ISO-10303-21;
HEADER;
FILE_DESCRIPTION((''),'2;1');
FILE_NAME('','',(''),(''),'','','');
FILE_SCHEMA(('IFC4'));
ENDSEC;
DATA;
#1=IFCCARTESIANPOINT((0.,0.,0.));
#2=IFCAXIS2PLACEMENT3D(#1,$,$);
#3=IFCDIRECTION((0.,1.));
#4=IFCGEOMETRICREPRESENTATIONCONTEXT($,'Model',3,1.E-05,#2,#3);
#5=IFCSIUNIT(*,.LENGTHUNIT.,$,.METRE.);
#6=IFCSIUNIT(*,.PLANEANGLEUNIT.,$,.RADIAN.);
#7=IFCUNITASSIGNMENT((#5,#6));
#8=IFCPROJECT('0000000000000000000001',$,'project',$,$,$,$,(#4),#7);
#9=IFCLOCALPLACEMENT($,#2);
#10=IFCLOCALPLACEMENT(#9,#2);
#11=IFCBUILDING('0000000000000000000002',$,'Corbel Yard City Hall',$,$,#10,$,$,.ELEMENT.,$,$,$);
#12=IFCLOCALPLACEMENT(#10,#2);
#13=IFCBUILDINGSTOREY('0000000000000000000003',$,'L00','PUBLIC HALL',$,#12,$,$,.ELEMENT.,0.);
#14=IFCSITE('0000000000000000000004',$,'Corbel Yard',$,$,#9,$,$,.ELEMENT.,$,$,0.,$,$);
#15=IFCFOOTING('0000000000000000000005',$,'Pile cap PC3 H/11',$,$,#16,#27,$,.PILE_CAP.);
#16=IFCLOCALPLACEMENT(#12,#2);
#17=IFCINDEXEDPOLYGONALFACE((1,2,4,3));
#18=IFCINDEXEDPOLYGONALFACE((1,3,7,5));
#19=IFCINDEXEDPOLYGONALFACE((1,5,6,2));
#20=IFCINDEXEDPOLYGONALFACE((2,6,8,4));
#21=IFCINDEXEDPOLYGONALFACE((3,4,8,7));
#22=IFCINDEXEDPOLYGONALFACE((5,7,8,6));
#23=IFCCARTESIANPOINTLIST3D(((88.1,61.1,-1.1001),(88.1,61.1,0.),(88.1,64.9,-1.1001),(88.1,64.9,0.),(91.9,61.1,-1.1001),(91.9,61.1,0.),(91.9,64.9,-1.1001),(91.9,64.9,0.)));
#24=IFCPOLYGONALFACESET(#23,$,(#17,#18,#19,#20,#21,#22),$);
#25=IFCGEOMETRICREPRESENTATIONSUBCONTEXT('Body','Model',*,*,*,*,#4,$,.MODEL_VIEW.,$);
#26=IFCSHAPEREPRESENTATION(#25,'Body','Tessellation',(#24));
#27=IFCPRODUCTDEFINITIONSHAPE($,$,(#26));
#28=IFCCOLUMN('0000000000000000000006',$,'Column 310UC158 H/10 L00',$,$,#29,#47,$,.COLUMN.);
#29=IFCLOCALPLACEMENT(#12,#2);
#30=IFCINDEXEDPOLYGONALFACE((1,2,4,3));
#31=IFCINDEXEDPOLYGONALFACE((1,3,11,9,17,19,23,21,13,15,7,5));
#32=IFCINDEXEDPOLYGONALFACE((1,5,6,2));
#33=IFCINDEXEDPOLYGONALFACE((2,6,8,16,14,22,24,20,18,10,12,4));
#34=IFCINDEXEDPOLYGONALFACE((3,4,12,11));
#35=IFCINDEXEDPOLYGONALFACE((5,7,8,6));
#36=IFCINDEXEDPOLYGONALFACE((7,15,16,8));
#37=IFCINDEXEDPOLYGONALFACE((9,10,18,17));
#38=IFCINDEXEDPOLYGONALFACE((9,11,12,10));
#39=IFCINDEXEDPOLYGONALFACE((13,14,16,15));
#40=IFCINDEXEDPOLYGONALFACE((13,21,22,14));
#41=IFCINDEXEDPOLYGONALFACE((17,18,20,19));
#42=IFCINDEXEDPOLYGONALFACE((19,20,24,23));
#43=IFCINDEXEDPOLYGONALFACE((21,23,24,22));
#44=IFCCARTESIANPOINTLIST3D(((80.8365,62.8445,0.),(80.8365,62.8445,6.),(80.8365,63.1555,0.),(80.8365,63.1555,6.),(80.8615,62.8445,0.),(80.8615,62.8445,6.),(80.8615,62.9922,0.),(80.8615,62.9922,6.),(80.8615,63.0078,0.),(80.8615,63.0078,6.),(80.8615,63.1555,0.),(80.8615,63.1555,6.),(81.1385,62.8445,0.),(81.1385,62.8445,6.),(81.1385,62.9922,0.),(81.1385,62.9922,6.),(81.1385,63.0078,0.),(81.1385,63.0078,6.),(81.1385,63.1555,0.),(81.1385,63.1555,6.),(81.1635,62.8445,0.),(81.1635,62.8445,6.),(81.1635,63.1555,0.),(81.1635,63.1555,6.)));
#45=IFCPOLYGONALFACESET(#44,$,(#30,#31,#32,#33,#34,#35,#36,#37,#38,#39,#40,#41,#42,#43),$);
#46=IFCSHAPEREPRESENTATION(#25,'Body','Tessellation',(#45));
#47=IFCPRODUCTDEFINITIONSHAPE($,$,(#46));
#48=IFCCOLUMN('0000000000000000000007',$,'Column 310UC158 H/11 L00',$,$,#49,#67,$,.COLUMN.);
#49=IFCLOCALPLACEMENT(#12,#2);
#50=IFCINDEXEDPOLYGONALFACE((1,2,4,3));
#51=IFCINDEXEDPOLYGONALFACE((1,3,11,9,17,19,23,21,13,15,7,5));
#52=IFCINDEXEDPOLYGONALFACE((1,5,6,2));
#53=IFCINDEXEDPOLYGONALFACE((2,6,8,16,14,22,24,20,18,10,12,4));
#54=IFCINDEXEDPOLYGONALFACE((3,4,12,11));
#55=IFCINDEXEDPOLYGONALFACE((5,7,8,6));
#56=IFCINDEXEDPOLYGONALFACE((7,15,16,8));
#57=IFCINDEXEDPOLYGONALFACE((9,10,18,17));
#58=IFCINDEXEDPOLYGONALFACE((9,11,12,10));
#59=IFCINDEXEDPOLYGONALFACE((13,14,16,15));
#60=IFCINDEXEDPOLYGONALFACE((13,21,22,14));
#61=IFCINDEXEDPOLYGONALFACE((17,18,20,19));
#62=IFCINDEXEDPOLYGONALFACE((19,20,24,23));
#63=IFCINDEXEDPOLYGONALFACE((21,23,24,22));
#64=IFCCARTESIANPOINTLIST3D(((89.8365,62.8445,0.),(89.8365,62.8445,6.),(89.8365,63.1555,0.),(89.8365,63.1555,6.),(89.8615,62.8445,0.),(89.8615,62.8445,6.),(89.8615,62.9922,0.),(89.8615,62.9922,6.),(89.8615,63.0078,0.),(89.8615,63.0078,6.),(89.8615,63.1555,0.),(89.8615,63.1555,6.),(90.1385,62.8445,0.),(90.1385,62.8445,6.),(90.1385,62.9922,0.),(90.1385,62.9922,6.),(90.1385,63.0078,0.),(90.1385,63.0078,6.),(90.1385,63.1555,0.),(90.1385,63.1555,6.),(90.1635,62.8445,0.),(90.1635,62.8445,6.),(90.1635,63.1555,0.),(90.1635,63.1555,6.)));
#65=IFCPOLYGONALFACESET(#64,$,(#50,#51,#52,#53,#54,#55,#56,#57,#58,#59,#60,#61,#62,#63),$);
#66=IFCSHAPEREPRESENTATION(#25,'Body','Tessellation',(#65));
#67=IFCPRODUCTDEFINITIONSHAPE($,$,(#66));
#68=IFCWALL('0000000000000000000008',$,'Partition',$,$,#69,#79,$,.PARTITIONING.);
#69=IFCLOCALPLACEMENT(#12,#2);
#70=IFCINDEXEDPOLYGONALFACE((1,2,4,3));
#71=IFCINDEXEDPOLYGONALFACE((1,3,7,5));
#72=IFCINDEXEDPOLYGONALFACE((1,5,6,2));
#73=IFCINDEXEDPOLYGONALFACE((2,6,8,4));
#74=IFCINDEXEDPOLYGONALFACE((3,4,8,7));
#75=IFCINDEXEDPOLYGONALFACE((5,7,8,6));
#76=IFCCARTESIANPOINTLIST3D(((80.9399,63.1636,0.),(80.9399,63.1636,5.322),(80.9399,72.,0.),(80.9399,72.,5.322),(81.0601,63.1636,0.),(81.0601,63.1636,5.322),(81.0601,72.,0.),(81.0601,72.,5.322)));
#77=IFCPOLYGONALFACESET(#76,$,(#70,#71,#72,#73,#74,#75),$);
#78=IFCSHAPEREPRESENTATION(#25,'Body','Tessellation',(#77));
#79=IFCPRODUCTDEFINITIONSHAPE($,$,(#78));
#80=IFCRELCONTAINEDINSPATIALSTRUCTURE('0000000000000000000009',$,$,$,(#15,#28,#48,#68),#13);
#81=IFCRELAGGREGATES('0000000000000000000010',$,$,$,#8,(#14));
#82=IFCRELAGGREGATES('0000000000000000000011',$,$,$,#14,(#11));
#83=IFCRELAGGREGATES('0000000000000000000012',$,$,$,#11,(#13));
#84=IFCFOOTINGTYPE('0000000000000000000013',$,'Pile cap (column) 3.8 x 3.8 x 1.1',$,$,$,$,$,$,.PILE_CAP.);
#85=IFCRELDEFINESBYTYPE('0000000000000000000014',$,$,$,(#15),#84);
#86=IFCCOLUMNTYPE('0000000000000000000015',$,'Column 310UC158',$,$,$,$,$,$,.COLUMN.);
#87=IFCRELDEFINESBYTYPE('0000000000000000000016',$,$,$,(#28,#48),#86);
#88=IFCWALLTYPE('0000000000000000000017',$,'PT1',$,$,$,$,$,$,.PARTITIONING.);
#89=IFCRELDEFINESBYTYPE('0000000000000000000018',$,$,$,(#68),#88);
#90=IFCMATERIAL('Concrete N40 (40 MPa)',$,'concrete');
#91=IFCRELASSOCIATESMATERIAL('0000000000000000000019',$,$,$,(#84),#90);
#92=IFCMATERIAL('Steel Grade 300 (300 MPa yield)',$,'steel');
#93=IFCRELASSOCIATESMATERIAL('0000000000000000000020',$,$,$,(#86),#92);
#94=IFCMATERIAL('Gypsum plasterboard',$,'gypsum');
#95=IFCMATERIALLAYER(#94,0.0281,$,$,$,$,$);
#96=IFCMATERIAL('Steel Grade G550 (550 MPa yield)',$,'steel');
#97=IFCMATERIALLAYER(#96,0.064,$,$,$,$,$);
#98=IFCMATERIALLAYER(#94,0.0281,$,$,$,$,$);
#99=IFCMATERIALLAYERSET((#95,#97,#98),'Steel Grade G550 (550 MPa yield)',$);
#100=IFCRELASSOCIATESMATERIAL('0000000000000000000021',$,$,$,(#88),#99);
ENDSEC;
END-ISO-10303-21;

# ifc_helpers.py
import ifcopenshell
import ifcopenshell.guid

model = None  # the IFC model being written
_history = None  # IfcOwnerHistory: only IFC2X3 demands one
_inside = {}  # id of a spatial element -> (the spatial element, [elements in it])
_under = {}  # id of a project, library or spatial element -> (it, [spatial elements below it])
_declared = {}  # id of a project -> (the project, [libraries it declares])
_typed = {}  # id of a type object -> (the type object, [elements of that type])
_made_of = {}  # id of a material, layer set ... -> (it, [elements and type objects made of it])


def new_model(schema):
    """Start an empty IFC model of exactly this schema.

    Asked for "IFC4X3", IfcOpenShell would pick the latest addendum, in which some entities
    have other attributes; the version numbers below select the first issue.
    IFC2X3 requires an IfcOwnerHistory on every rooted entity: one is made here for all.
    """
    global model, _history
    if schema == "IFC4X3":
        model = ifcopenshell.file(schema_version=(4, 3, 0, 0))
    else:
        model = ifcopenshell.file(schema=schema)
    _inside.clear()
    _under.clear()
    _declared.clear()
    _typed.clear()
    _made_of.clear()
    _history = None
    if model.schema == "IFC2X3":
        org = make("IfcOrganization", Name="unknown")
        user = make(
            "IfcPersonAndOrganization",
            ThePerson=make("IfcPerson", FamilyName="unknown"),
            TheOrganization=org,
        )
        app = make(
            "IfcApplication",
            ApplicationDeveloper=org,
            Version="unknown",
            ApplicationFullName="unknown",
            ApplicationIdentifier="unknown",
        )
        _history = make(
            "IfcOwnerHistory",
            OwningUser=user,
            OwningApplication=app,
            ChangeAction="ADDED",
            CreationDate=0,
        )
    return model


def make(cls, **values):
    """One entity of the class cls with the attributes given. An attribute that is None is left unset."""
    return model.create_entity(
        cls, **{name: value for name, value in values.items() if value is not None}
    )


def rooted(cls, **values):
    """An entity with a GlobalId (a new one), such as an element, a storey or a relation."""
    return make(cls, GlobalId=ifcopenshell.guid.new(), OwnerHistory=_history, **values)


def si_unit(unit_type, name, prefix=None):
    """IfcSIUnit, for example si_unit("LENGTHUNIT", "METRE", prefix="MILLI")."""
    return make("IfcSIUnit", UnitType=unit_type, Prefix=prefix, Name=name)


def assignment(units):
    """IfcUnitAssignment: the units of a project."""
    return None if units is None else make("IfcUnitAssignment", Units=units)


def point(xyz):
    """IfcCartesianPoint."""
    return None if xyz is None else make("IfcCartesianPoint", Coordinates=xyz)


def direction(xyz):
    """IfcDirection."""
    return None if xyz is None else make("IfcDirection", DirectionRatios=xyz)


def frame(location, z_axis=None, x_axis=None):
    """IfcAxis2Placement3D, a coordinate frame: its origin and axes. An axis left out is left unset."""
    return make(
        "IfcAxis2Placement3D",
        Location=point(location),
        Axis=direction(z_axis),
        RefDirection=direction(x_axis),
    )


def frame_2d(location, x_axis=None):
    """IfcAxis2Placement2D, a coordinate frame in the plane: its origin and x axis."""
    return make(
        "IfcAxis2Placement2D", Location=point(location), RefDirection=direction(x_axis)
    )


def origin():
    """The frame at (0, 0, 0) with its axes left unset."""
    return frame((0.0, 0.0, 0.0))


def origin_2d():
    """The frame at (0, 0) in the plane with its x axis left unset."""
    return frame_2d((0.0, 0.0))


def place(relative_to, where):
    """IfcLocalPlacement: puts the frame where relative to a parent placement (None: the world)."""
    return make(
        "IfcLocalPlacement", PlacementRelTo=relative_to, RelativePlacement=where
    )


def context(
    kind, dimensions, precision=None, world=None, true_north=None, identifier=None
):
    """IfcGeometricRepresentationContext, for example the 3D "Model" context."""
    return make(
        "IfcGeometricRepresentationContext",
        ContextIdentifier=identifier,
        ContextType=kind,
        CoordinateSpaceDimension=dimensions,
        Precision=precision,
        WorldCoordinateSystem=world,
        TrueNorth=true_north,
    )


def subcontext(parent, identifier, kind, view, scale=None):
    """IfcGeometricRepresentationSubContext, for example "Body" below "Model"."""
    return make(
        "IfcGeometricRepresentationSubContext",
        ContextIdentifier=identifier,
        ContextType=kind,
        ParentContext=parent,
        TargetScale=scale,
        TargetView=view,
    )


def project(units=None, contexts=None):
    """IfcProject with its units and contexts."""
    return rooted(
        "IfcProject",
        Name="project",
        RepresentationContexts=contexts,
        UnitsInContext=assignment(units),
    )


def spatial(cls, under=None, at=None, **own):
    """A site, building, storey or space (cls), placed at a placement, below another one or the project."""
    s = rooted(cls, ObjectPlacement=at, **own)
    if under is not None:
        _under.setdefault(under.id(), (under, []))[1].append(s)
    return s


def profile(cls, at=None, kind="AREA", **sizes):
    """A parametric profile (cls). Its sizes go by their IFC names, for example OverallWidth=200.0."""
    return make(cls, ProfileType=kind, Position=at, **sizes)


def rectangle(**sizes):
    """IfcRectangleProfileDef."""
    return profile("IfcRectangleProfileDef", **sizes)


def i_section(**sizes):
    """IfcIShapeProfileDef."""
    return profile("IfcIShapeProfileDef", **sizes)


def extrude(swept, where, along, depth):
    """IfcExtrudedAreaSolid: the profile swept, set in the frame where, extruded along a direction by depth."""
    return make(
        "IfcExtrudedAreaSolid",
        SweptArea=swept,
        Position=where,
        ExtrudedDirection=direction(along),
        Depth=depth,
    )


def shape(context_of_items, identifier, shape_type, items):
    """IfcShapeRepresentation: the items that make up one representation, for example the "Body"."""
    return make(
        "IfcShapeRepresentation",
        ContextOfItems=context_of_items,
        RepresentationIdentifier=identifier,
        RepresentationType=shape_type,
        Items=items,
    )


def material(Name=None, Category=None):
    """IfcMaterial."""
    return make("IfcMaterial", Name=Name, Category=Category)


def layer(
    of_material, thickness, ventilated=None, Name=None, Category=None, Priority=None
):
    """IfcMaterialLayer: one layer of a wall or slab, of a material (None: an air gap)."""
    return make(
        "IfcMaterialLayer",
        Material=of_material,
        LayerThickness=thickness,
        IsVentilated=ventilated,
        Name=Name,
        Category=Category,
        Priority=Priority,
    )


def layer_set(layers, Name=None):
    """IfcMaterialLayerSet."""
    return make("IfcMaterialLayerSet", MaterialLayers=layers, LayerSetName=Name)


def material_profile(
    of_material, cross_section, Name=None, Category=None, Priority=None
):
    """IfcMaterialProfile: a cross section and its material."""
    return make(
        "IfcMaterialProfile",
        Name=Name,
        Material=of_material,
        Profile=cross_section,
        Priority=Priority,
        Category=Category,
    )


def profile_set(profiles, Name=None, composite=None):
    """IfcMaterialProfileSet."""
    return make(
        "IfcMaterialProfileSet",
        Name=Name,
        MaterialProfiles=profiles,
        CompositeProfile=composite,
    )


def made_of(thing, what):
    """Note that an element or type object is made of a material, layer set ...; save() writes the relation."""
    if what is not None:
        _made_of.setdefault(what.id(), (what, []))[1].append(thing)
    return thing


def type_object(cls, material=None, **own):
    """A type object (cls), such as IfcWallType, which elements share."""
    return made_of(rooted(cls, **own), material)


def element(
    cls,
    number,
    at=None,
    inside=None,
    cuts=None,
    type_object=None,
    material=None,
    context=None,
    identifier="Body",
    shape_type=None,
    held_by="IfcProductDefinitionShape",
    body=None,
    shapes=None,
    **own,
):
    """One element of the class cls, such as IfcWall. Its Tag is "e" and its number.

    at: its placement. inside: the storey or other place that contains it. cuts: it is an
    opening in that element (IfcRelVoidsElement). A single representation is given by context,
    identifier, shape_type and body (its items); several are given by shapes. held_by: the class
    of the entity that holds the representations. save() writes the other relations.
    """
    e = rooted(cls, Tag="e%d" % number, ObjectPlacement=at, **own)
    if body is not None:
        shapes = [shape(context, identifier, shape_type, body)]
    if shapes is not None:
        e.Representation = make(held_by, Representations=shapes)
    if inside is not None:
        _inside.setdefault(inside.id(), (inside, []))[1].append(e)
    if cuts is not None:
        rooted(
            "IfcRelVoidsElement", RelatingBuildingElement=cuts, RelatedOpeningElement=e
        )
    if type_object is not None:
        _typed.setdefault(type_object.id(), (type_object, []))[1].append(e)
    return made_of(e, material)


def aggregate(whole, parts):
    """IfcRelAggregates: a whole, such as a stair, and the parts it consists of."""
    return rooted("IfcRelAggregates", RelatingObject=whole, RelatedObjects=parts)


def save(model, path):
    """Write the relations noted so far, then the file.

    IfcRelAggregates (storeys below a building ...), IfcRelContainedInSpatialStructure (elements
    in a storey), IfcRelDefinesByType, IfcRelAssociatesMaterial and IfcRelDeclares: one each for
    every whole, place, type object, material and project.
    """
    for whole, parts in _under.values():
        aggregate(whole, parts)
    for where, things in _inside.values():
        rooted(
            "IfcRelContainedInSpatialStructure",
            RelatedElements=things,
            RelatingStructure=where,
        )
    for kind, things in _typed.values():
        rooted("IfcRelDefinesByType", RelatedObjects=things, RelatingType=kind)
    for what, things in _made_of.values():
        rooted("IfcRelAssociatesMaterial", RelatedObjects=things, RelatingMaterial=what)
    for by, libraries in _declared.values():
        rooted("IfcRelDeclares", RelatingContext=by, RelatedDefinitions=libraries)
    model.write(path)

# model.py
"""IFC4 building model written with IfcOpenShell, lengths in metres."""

from ifc_helpers import new_model, si_unit, direction, frame, frame_2d, origin, origin_2d, place, context, subcontext, project, spatial, rectangle, i_section, extrude, material, layer, layer_set, material_profile, profile_set, type_object, element, save


model = new_model("IFC4")

# Units and contexts
model_context = context("Model", 3, precision=1e-05, world=origin(), true_north=direction((0.0, 1.0)))
body_context = subcontext(model_context, "Body", "Model", "MODEL_VIEW")
ifc_project = project(units=[si_unit("LENGTHUNIT", "METRE"), si_unit("PLANEANGLEUNIT", "RADIAN")], contexts=[model_context])

# Site, building, storey
site_placement = place(None, origin())
site = spatial("IfcSite", under=ifc_project, at=site_placement, Name="Corbel Yard", CompositionType="ELEMENT", RefElevation=0.0)
building_placement = place(site_placement, origin())
building = spatial("IfcBuilding", under=site, at=building_placement, Name="Corbel Yard City Hall", CompositionType="ELEMENT")
storey_placement = place(building_placement, origin())
storey = spatial("IfcBuildingStorey", under=building, at=storey_placement, Name="L00", Description="PUBLIC HALL", CompositionType="ELEMENT", Elevation=0.0)

# Shared definitions
ifc_material_1 = material(Name="Concrete N40 (40 MPa)", Category="concrete")

# Footing
footing_type_1 = type_object("IfcFootingType", Name="Pile cap (column) 3.8 x 3.8 x 1.1", PredefinedType="PILE_CAP", material=ifc_material_1)
for number, where, z_axis, x_axis, name in (
    (1, (90.0, 63.0, -1.1001), (0.0, 0.0, 1.0), (1.0, 0.0, 0.0), "Pile cap PC3 H/11"),
):
    element("IfcFooting", number, at=place(storey_placement, frame(where, z_axis=z_axis, x_axis=x_axis)), inside=storey, type_object=footing_type_1, Name=name, PredefinedType="PILE_CAP", context=body_context, shape_type="SweptSolid", body=[
        extrude(rectangle(XDim=3.8, YDim=3.8, at=origin_2d()), origin(), (0.0, 0.0, 1.0), 1.1001),
    ])

# Columns
ifc_material_2 = material(Name="Steel Grade 300 (300 MPa yield)", Category="steel")
ifc_material_profile_1 = material_profile(ifc_material_2, i_section(OverallWidth=0.311, OverallDepth=0.3269, WebThickness=0.0156, FlangeThickness=0.0249, at=origin_2d()), Name="310UC158")
ifc_profile_set_1 = profile_set([ifc_material_profile_1], Name="Steel Grade 300 (300 MPa yield)")
column_type = type_object("IfcColumnType", Name="Column 310UC158", PredefinedType="COLUMN", material=ifc_profile_set_1)
for number, where, z_axis, x_axis, name in (
    (2, (81.0, 63.0, 0.0), (0.0, 0.0, 1.0), (0.0, 1.0, 0.0), "Column 310UC158 H/10 L00"),
    (3, (90.0, 63.0, 0.0), (0.0, 0.0, 1.0), (0.0, 1.0, 0.0), "Column 310UC158 H/11 L00"),
):
    element("IfcColumn", number, at=place(storey_placement, frame(where, z_axis=z_axis, x_axis=x_axis)), inside=storey, type_object=column_type, Name=name, PredefinedType="COLUMN", context=body_context, shape_type="SweptSolid", body=[
        extrude(i_section(OverallWidth=0.311, OverallDepth=0.3269, WebThickness=0.0156, FlangeThickness=0.0249, at=origin_2d()), origin(), (0.0, 0.0, 1.0), 6.0),
    ])

# Wall
ifc_material_3 = material(Name="Gypsum plasterboard", Category="gypsum")
ifc_layer_1 = layer(ifc_material_3, 0.0281)
ifc_material_4 = material(Name="Steel Grade G550 (550 MPa yield)", Category="steel")
ifc_layer_2 = layer(ifc_material_4, 0.064)
ifc_layer_3 = layer(ifc_material_3, 0.0281)
ifc_layer_set = layer_set([ifc_layer_1, ifc_layer_2, ifc_layer_3], Name="Steel Grade G550 (550 MPa yield)")
wall_type = type_object("IfcWallType", Name="PT1", PredefinedType="PARTITIONING", material=ifc_layer_set)
wall_placement = place(storey_placement, frame((81.0, 63.1636, 0.0), z_axis=(0.0, 0.0, 1.0), x_axis=(0.0, 1.0, 0.0)))
element("IfcWall", 4, at=wall_placement, inside=storey, type_object=wall_type, Name="Partition", PredefinedType="PARTITIONING", context=body_context, shape_type="SweptSolid", body=[
    extrude(rectangle(XDim=8.8364, YDim=0.1201, at=frame_2d((4.4182, 0.0))), origin(), (0.0, 0.0, 1.0), 5.322),
])

save(model, "model.ifc")
